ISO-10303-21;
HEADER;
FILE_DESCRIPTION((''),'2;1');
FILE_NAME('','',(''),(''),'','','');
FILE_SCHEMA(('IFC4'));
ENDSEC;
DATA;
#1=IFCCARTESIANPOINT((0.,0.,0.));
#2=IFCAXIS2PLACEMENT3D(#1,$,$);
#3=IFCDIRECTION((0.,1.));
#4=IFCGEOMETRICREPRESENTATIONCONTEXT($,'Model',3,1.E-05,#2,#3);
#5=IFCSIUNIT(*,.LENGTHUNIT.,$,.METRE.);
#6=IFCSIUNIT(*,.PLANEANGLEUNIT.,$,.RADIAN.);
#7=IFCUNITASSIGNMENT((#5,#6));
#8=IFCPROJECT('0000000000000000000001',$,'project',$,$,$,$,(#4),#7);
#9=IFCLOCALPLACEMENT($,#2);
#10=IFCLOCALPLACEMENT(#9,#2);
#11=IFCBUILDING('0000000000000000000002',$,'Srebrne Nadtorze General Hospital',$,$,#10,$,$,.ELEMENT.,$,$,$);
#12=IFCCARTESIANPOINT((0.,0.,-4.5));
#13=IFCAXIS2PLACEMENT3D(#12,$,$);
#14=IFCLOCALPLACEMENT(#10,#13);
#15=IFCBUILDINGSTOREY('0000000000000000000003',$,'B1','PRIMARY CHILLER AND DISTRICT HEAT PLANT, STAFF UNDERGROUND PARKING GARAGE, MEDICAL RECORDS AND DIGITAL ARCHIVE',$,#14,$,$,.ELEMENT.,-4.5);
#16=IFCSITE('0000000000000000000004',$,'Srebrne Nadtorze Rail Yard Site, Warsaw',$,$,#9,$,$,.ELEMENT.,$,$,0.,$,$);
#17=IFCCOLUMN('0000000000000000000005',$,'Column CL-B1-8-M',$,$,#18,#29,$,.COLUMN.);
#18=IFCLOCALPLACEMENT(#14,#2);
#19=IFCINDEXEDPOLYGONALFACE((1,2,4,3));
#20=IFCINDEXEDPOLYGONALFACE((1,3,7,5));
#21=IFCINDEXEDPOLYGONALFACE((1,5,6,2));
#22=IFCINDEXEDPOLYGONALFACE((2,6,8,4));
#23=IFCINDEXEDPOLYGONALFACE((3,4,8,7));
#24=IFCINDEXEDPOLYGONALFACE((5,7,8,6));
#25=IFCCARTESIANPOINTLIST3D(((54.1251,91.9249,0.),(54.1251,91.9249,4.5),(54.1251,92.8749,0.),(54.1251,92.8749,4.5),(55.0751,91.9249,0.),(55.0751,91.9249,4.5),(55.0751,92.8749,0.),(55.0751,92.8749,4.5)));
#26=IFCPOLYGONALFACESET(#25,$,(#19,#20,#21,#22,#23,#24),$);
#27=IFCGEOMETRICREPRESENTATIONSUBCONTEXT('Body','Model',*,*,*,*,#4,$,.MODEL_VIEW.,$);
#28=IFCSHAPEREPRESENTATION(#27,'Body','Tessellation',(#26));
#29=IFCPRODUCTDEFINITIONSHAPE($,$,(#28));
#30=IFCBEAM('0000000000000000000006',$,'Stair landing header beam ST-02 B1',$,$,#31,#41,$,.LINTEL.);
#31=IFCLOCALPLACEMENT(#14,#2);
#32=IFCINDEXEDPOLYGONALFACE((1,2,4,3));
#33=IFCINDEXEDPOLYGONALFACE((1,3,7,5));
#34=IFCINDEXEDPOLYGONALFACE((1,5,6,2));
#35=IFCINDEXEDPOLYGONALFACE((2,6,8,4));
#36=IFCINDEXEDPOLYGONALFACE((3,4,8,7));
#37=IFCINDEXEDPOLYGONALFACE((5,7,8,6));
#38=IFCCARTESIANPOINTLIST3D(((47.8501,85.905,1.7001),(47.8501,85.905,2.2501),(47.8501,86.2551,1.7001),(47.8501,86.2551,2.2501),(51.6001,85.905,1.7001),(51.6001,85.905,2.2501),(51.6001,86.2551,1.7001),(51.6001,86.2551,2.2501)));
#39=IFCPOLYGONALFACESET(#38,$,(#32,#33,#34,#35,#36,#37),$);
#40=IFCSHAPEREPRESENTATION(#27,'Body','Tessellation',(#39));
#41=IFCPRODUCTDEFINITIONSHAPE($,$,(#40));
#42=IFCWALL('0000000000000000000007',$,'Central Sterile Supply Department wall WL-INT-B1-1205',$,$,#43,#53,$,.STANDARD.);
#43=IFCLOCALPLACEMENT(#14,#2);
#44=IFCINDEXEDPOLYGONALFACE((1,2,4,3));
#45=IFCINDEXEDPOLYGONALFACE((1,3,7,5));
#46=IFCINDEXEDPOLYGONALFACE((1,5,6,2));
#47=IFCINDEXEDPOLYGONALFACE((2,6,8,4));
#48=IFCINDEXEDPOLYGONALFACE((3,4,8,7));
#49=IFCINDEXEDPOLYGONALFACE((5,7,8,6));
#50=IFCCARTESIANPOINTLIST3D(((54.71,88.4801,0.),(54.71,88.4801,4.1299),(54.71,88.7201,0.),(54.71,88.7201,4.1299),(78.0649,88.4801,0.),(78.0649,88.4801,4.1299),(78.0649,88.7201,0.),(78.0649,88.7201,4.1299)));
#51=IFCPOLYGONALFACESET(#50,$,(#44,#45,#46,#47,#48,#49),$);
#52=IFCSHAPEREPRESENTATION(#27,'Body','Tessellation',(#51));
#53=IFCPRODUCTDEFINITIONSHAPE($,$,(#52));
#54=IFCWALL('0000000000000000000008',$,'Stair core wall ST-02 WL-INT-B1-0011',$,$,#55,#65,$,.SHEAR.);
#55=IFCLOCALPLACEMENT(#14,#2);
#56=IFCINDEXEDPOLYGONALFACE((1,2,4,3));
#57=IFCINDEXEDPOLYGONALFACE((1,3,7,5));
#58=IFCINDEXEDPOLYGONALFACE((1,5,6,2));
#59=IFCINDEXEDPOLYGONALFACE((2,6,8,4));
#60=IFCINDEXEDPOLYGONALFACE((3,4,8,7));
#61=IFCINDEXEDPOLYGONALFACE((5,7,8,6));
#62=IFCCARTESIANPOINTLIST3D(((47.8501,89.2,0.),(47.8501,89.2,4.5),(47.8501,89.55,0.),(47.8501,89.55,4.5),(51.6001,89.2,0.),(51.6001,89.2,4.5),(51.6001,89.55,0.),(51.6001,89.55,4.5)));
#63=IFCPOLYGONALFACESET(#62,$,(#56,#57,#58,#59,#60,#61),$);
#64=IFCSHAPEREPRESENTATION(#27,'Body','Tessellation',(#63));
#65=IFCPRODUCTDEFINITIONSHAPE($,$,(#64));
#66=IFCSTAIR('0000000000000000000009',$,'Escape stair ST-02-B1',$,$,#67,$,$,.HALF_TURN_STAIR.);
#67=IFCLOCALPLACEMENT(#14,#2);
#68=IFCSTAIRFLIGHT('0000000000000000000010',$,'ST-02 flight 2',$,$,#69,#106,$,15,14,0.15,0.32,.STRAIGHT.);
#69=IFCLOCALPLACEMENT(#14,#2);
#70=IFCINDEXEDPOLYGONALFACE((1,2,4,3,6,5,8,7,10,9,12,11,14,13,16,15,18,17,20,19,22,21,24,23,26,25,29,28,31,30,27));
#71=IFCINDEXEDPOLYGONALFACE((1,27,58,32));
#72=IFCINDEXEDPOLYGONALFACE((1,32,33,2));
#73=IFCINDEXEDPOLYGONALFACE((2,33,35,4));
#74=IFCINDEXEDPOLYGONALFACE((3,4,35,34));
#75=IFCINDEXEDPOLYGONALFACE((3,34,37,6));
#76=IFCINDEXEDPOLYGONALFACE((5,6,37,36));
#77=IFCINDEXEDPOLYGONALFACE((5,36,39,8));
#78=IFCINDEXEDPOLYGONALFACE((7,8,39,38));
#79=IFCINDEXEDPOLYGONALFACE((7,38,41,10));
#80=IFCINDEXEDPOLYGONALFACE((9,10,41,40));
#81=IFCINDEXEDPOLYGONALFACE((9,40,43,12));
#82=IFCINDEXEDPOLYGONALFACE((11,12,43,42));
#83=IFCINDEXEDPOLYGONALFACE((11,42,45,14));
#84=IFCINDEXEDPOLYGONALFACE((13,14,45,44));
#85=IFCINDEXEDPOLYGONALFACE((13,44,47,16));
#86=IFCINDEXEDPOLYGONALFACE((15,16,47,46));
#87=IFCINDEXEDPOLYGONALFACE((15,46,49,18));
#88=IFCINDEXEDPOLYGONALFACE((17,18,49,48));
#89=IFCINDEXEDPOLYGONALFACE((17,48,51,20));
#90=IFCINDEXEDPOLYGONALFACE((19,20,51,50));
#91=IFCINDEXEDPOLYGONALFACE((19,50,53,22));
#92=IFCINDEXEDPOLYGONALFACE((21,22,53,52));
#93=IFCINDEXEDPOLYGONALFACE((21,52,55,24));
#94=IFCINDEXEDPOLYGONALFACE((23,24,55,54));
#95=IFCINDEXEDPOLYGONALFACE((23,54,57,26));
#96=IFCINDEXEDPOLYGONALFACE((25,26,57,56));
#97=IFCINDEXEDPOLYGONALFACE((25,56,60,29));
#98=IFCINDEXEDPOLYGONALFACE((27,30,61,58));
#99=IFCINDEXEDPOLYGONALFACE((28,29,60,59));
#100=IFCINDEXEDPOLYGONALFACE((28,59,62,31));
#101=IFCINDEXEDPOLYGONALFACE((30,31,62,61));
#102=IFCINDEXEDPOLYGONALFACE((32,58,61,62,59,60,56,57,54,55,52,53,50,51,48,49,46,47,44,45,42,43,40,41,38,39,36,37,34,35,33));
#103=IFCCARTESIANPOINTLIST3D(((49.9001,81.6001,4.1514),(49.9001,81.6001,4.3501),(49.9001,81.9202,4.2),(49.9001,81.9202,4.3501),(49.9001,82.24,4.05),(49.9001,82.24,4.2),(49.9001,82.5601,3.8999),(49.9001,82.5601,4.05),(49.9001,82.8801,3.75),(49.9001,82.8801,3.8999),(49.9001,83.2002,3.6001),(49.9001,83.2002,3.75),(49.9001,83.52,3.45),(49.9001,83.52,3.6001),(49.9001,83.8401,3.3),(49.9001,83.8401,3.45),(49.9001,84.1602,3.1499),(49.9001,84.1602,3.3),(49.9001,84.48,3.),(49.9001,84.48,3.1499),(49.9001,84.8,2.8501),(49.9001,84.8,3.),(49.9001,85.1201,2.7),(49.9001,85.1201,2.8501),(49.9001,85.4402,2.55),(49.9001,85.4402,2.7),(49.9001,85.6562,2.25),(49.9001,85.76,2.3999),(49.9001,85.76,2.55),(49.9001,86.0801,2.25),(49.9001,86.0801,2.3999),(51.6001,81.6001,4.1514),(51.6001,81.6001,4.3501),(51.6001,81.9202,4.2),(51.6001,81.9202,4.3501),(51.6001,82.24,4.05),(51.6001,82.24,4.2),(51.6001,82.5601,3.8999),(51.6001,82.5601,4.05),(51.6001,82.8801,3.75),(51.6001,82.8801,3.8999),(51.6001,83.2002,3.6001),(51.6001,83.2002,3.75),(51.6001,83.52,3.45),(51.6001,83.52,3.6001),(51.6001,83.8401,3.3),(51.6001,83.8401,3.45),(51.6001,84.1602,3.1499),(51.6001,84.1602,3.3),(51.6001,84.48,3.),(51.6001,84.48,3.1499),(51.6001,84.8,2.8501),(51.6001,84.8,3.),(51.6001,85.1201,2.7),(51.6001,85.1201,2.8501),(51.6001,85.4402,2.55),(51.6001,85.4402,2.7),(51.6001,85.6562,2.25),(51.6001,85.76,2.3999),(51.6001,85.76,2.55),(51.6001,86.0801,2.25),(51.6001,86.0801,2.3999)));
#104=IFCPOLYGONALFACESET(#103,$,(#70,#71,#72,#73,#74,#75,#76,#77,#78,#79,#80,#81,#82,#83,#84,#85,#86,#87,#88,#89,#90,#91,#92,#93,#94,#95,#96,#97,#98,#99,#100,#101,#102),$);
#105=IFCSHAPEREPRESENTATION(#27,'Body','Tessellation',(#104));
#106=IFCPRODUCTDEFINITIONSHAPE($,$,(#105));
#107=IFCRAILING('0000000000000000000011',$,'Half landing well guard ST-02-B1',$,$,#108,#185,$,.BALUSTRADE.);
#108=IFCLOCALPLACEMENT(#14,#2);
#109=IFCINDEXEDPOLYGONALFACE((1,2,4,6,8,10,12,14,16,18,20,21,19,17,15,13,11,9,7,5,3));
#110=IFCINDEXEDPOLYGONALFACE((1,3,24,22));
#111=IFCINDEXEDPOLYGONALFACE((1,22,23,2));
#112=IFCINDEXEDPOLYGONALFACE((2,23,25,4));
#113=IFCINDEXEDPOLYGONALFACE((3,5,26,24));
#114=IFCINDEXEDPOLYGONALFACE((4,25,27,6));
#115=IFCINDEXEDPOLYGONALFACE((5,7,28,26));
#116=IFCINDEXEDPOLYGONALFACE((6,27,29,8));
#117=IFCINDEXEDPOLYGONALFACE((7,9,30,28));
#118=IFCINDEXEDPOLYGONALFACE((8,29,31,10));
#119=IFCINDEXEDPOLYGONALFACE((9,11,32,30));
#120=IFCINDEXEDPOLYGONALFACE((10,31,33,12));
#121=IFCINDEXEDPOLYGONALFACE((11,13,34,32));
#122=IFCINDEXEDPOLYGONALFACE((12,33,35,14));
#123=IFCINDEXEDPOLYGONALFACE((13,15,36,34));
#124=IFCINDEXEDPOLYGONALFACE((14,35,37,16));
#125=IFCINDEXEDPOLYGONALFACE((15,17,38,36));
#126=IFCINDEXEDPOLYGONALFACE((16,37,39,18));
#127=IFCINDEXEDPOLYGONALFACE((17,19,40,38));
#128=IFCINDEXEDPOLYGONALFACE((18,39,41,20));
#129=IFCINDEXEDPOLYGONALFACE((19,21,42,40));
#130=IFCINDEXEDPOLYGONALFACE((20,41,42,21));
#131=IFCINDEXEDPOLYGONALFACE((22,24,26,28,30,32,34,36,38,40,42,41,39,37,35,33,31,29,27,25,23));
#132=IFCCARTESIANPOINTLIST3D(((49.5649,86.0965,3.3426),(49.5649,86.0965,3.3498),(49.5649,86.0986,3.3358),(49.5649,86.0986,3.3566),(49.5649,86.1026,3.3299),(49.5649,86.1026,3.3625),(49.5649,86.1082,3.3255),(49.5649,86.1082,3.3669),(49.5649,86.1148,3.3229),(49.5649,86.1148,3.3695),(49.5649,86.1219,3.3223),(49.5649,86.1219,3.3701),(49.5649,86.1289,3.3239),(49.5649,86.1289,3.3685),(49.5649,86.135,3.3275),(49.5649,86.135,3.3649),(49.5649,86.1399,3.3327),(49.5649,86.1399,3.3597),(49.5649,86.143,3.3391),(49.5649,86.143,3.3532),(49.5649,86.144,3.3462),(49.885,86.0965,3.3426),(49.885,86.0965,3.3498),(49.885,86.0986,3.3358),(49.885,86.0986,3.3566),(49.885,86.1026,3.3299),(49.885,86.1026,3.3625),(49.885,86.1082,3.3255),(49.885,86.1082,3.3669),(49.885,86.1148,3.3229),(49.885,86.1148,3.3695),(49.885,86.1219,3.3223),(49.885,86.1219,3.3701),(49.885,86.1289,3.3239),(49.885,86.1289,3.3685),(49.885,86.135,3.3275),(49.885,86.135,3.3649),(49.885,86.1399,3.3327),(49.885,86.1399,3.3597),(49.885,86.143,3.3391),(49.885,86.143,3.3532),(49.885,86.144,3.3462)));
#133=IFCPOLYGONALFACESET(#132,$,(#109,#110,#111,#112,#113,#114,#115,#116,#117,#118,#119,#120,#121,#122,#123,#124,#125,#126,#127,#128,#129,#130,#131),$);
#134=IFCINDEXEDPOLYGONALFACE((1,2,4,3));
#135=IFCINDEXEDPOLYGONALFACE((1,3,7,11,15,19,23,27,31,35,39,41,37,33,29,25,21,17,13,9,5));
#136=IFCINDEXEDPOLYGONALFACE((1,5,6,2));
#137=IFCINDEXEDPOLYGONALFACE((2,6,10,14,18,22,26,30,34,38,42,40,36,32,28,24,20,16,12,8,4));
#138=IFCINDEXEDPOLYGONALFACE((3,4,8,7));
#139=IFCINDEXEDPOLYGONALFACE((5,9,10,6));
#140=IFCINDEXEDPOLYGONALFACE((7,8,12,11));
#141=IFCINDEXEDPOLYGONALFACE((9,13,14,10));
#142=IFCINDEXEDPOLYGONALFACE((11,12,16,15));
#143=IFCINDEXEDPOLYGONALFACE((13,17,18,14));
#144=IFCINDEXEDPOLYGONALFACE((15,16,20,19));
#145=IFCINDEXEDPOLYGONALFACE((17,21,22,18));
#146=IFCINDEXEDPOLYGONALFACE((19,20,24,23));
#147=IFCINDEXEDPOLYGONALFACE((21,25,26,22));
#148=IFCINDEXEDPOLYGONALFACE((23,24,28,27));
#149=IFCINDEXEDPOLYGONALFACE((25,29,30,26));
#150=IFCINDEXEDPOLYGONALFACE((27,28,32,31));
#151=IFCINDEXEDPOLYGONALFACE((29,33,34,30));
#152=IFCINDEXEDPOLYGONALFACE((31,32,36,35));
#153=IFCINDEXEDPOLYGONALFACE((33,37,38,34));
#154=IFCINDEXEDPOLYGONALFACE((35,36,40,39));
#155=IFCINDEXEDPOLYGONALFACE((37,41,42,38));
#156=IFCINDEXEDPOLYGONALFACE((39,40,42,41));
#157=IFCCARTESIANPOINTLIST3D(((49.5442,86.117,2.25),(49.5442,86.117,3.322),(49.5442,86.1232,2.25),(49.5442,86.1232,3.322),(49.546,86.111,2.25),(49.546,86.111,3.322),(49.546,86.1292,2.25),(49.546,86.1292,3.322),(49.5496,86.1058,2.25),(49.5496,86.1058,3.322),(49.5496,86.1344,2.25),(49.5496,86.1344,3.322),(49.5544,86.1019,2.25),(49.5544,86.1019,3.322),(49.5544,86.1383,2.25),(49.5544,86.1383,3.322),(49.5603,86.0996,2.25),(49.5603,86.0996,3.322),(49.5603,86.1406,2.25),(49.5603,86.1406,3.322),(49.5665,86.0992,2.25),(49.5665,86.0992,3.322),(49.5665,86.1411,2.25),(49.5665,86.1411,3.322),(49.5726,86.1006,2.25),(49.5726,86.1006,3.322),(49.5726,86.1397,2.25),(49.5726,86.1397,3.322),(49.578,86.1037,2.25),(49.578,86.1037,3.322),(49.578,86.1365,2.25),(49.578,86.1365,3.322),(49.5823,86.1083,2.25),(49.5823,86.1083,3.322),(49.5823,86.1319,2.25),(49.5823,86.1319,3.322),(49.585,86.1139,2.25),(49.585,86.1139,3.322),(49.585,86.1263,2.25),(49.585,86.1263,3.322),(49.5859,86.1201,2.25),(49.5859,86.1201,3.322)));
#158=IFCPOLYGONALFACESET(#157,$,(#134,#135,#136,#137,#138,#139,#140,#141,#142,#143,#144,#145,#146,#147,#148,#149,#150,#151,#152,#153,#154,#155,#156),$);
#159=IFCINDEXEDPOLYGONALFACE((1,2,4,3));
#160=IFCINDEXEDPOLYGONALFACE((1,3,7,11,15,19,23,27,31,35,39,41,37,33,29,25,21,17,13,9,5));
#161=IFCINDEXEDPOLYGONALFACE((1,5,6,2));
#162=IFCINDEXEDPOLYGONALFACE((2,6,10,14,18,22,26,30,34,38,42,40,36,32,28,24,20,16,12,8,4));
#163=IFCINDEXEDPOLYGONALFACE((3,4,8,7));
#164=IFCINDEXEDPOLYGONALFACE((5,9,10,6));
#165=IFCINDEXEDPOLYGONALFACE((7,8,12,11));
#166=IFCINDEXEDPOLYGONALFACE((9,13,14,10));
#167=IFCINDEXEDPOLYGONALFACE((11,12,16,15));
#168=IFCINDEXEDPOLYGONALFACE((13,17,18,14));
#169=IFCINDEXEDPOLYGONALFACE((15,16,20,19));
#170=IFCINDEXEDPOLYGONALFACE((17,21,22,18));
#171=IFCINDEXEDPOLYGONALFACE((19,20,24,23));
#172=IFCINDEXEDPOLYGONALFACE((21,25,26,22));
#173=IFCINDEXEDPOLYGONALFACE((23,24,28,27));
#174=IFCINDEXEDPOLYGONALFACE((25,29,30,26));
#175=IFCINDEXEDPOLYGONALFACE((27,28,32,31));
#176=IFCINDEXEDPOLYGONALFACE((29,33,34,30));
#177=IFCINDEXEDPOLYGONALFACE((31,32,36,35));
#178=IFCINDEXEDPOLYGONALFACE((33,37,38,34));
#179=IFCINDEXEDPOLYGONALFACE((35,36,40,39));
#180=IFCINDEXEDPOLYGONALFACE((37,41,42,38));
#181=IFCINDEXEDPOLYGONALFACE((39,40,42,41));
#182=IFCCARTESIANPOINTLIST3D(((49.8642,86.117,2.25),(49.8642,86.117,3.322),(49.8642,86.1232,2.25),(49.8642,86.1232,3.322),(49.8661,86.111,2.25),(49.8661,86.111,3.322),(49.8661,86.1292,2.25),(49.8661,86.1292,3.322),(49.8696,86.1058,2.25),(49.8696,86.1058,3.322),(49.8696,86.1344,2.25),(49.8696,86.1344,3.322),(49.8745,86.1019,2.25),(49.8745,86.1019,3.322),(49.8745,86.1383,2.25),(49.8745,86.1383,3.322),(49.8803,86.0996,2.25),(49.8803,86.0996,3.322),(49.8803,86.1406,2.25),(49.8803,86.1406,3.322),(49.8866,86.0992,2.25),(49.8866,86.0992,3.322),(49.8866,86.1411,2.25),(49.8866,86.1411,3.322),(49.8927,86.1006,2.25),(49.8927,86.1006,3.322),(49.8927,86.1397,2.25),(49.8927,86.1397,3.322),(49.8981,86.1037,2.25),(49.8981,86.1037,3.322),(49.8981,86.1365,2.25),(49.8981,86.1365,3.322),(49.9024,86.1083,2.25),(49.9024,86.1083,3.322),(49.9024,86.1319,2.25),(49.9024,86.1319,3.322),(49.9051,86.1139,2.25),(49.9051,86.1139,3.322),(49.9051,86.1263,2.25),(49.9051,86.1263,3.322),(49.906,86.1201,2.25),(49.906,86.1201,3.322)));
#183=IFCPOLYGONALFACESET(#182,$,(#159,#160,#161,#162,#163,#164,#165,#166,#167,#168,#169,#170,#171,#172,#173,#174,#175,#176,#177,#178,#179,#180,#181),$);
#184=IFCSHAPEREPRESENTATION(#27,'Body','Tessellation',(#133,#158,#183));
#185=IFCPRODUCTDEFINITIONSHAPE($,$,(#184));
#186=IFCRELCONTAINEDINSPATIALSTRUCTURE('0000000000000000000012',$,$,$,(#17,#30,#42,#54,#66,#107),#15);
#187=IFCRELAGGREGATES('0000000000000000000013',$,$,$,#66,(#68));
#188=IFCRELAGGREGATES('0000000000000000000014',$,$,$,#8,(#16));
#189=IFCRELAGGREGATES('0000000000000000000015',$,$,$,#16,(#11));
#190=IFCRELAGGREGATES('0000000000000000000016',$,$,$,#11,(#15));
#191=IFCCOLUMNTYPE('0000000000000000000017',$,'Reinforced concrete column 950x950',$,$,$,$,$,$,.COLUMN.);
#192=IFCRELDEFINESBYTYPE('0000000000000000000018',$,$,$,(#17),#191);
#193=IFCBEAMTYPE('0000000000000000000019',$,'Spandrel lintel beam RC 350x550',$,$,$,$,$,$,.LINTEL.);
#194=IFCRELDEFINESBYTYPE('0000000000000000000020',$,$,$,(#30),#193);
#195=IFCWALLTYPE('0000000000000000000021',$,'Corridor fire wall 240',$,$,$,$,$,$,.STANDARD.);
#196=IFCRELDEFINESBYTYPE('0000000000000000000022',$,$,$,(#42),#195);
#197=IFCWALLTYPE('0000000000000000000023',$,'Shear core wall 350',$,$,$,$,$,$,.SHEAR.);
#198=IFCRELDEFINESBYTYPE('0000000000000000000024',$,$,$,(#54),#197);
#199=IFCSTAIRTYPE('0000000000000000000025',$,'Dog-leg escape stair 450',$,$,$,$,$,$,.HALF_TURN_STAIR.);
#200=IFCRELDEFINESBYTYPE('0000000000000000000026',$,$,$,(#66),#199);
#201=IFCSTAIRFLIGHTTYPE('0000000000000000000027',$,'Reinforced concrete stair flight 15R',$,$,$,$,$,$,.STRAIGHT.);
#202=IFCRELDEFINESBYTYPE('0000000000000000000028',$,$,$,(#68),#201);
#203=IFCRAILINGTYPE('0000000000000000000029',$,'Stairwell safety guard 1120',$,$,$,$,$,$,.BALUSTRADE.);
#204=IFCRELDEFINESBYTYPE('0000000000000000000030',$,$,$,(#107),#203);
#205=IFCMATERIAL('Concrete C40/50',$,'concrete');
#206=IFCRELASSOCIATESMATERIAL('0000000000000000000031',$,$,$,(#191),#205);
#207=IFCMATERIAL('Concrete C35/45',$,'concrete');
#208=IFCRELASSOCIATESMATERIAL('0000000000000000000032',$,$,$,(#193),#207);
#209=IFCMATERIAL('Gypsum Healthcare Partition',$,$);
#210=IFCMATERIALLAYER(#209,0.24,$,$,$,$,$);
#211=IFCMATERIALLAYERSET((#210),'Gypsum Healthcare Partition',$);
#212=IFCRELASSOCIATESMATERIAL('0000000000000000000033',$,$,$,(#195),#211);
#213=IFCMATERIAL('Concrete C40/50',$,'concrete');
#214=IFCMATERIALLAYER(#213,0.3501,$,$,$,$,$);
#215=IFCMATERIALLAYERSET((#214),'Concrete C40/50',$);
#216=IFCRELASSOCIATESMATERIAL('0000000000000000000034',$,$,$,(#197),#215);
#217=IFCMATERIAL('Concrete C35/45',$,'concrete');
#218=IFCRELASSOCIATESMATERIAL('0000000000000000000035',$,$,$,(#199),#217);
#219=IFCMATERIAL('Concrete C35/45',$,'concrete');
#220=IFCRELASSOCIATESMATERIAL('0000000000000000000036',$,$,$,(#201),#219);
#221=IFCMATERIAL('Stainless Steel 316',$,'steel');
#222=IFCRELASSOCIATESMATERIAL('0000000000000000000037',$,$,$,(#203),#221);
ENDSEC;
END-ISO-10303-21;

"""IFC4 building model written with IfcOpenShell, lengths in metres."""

from ifc_helpers import new_model, si_unit, direction, frame, frame_2d, origin, origin_2d, place, context, subcontext, project, spatial, polyline, rectangle, circle, outline, extrude, material, layer, layer_set, material_profile, profile_set, type_object, element, aggregate, save


model = new_model("IFC4")

# Units and contexts
model_context = context("Model", 3, precision=1e-05, world=origin(), true_north=direction((0.0, 1.0)))
body_context = subcontext(model_context, "Body", "Model", "MODEL_VIEW")
ifc_project = project(units=[si_unit("LENGTHUNIT", "METRE"), si_unit("PLANEANGLEUNIT", "RADIAN")], contexts=[model_context])

# Site, building, storey
site_placement = place(None, origin())
site = spatial("IfcSite", under=ifc_project, at=site_placement, Name="Srebrne Nadtorze Rail Yard Site, Warsaw", CompositionType="ELEMENT", RefElevation=0.0)
building_placement = place(site_placement, origin())
building = spatial("IfcBuilding", under=site, at=building_placement, Name="Srebrne Nadtorze General Hospital", CompositionType="ELEMENT")
storey_placement = place(building_placement, frame((0.0, 0.0, -4.5)))
storey = spatial("IfcBuildingStorey", under=building, at=storey_placement, Name="B1", Description="PRIMARY CHILLER AND DISTRICT HEAT PLANT, STAFF UNDERGROUND PARKING GARAGE, MEDICAL RECORDS AND DIGITAL ARCHIVE", CompositionType="ELEMENT", Elevation=-4.5)

# Column
ifc_material_1 = material(Name="Concrete C40/50", Category="concrete")
ifc_material_profile_1 = material_profile(ifc_material_1, rectangle(XDim=0.95, YDim=0.95, at=origin_2d()), Name="RC-COL-950x950")
ifc_profile_set_1 = profile_set([ifc_material_profile_1], Name="Concrete C40/50")
column_type_1 = type_object("IfcColumnType", Name="Reinforced concrete column 950x950", PredefinedType="COLUMN", material=ifc_profile_set_1)
for number, where, z_axis, x_axis, name in (
    (1, (54.6001, 92.3999, 0.0), (0.0, 0.0, 1.0), (1.0, 0.0, 0.0), "Column CL-B1-8-M"),
):
    element("IfcColumn", number, at=place(storey_placement, frame(where, z_axis=z_axis, x_axis=x_axis)), inside=storey, type_object=column_type_1, Name=name, PredefinedType="COLUMN", context=body_context, shape_type="SweptSolid", body=[
        extrude(rectangle(XDim=0.95, YDim=0.95, at=origin_2d()), origin(), (0.0, 0.0, 1.0), 4.5),
    ])

# Beam
ifc_material_2 = material(Name="Concrete C35/45", Category="concrete")
ifc_material_profile_2 = material_profile(ifc_material_2, rectangle(XDim=0.3501, YDim=0.55, at=origin_2d()), Name="RC-BM-350x550")
ifc_profile_set_2 = profile_set([ifc_material_profile_2], Name="Concrete C35/45")
beam_type = type_object("IfcBeamType", Name="Spandrel lintel beam RC 350x550", PredefinedType="LINTEL", material=ifc_profile_set_2)
beam_placement = place(storey_placement, frame((47.8501, 86.0801, 1.9751), z_axis=(1.0, 0.0, 0.0), x_axis=(0.0, 1.0, 0.0)))
element("IfcBeam", 2, at=beam_placement, inside=storey, type_object=beam_type, Name="Stair landing header beam ST-02 B1", PredefinedType="LINTEL", context=body_context, shape_type="SweptSolid", body=[
    extrude(rectangle(XDim=0.3501, YDim=0.55, at=origin_2d()), origin(), (0.0, 0.0, 1.0), 3.75),
])

# Walls
ifc_material_3 = material(Name="Gypsum Healthcare Partition")
ifc_layer_1 = layer(ifc_material_3, 0.24)
ifc_layer_set_1 = layer_set([ifc_layer_1], Name="Gypsum Healthcare Partition")
wall_type_1 = type_object("IfcWallType", Name="Corridor fire wall 240", PredefinedType="STANDARD", material=ifc_layer_set_1)
wall_1_placement = place(storey_placement, frame((54.71, 88.6001, 0.0), z_axis=(0.0, 0.0, 1.0), x_axis=(1.0, 0.0, 0.0)))
element("IfcWall", 3, at=wall_1_placement, inside=storey, type_object=wall_type_1, Name="Central Sterile Supply Department wall WL-INT-B1-1205", PredefinedType="STANDARD", context=body_context, shape_type="SweptSolid", body=[
    extrude(rectangle(XDim=23.355, YDim=0.24, at=frame_2d((11.6775, 0.0))), origin(), (0.0, 0.0, 1.0), 4.1299),
])
ifc_material_4 = material(Name="Concrete C40/50", Category="concrete")
ifc_layer_2 = layer(ifc_material_4, 0.3501)
ifc_layer_set_2 = layer_set([ifc_layer_2], Name="Concrete C40/50")
wall_type_2 = type_object("IfcWallType", Name="Shear core wall 350", PredefinedType="SHEAR", material=ifc_layer_set_2)
wall_2_placement = place(storey_placement, frame((47.8501, 89.375, 0.0), z_axis=(0.0, 0.0, 1.0), x_axis=(1.0, 0.0, 0.0)))
element("IfcWall", 4, at=wall_2_placement, inside=storey, type_object=wall_type_2, Name="Stair core wall ST-02 WL-INT-B1-0011", PredefinedType="SHEAR", context=body_context, shape_type="SweptSolid", body=[
    extrude(rectangle(XDim=3.75, YDim=0.3501, at=frame_2d((1.875, 0.0))), origin(), (0.0, 0.0, 1.0), 4.5),
])

# Stair, stair flight
ifc_material_5 = material(Name="Concrete C35/45", Category="concrete")
stair_type = type_object("IfcStairType", Name="Dog-leg escape stair 450", PredefinedType="HALF_TURN_STAIR", material=ifc_material_5)
stair_placement = place(storey_placement, origin())
stair = element("IfcStair", 5, at=stair_placement, inside=storey, type_object=stair_type, Name="Escape stair ST-02-B1", PredefinedType="HALF_TURN_STAIR")
ifc_material_6 = material(Name="Concrete C35/45", Category="concrete")
stair_flight_type = type_object("IfcStairFlightType", Name="Reinforced concrete stair flight 15R", PredefinedType="STRAIGHT", material=ifc_material_6)
stair_flight_placement = place(storey_placement, frame((50.75, 86.0801, 2.25), z_axis=(0.0, 0.0, 1.0), x_axis=(0.0, -1.0, 0.0)))
stair_flight = element("IfcStairFlight", 6, at=stair_flight_placement, type_object=stair_flight_type, Name="ST-02 flight 2", NumberOfRisers=15, NumberOfTreads=14, PredefinedType="STRAIGHT", RiserHeight=0.15, TreadLength=0.32, context=body_context, shape_type="SweptSolid", body=[
    extrude(outline(polyline([(0.0, 0.0), (0.0, 0.1499), (0.3201, 0.1499), (0.3201, 0.3), (0.6399, 0.3), (0.6399, 0.45), (0.96, 0.45), (0.96, 0.6001), (1.28, 0.6001), (1.28, 0.75), (1.6001, 0.75), (1.6001, 0.8999), (1.9199, 0.8999), (1.9199, 1.05), (2.24, 1.05), (2.24, 1.2), (2.5601, 1.2), (2.5601, 1.3501), (2.8799, 1.3501), (2.8799, 1.5), (3.2, 1.5), (3.2, 1.6499), (3.52, 1.6499), (3.52, 1.8), (3.8401, 1.8), (3.8401, 1.95), (4.1599, 1.95), (4.1599, 2.1001), (4.48, 2.1001), (4.48, 2.25), (4.48, 1.9014), (0.4238, 0.0), (0.0, 0.0)])), frame((0.0, 0.8501, 0.0), z_axis=(0.0, -1.0, 0.0), x_axis=(1.0, 0.0, 0.0)), (0.0, 0.0, 1.0), 1.7),
])
aggregate(stair, [stair_flight])

# Railing
ifc_material_7 = material(Name="Stainless Steel 316", Category="steel")
railing_type_1 = type_object("IfcRailingType", Name="Stairwell safety guard 1120", PredefinedType="BALUSTRADE", material=ifc_material_7)
railing_1_placement = place(storey_placement, frame((49.5649, 86.1201, 2.25)))
element("IfcRailing", 7, at=railing_1_placement, inside=storey, type_object=railing_type_1, Name="Half landing well guard ST-02-B1", PredefinedType="BALUSTRADE", context=body_context, shape_type="SweptSolid", body=[
    extrude(circle(Radius=0.0239, at=origin_2d()), frame((0.0, 0.0, 1.0962), z_axis=(1.0, 0.0, 0.0), x_axis=(0.0, 1.0, 0.0)), (0.0, 0.0, 1.0), 0.3201),
    extrude(circle(Radius=0.021, at=origin_2d()), origin(), (0.0, 0.0, 1.0), 1.072),
    extrude(circle(Radius=0.021, at=origin_2d()), frame((0.3201, 0.0, 0.0)), (0.0, 0.0, 1.0), 1.072),
])

save(model, "model.ifc")
